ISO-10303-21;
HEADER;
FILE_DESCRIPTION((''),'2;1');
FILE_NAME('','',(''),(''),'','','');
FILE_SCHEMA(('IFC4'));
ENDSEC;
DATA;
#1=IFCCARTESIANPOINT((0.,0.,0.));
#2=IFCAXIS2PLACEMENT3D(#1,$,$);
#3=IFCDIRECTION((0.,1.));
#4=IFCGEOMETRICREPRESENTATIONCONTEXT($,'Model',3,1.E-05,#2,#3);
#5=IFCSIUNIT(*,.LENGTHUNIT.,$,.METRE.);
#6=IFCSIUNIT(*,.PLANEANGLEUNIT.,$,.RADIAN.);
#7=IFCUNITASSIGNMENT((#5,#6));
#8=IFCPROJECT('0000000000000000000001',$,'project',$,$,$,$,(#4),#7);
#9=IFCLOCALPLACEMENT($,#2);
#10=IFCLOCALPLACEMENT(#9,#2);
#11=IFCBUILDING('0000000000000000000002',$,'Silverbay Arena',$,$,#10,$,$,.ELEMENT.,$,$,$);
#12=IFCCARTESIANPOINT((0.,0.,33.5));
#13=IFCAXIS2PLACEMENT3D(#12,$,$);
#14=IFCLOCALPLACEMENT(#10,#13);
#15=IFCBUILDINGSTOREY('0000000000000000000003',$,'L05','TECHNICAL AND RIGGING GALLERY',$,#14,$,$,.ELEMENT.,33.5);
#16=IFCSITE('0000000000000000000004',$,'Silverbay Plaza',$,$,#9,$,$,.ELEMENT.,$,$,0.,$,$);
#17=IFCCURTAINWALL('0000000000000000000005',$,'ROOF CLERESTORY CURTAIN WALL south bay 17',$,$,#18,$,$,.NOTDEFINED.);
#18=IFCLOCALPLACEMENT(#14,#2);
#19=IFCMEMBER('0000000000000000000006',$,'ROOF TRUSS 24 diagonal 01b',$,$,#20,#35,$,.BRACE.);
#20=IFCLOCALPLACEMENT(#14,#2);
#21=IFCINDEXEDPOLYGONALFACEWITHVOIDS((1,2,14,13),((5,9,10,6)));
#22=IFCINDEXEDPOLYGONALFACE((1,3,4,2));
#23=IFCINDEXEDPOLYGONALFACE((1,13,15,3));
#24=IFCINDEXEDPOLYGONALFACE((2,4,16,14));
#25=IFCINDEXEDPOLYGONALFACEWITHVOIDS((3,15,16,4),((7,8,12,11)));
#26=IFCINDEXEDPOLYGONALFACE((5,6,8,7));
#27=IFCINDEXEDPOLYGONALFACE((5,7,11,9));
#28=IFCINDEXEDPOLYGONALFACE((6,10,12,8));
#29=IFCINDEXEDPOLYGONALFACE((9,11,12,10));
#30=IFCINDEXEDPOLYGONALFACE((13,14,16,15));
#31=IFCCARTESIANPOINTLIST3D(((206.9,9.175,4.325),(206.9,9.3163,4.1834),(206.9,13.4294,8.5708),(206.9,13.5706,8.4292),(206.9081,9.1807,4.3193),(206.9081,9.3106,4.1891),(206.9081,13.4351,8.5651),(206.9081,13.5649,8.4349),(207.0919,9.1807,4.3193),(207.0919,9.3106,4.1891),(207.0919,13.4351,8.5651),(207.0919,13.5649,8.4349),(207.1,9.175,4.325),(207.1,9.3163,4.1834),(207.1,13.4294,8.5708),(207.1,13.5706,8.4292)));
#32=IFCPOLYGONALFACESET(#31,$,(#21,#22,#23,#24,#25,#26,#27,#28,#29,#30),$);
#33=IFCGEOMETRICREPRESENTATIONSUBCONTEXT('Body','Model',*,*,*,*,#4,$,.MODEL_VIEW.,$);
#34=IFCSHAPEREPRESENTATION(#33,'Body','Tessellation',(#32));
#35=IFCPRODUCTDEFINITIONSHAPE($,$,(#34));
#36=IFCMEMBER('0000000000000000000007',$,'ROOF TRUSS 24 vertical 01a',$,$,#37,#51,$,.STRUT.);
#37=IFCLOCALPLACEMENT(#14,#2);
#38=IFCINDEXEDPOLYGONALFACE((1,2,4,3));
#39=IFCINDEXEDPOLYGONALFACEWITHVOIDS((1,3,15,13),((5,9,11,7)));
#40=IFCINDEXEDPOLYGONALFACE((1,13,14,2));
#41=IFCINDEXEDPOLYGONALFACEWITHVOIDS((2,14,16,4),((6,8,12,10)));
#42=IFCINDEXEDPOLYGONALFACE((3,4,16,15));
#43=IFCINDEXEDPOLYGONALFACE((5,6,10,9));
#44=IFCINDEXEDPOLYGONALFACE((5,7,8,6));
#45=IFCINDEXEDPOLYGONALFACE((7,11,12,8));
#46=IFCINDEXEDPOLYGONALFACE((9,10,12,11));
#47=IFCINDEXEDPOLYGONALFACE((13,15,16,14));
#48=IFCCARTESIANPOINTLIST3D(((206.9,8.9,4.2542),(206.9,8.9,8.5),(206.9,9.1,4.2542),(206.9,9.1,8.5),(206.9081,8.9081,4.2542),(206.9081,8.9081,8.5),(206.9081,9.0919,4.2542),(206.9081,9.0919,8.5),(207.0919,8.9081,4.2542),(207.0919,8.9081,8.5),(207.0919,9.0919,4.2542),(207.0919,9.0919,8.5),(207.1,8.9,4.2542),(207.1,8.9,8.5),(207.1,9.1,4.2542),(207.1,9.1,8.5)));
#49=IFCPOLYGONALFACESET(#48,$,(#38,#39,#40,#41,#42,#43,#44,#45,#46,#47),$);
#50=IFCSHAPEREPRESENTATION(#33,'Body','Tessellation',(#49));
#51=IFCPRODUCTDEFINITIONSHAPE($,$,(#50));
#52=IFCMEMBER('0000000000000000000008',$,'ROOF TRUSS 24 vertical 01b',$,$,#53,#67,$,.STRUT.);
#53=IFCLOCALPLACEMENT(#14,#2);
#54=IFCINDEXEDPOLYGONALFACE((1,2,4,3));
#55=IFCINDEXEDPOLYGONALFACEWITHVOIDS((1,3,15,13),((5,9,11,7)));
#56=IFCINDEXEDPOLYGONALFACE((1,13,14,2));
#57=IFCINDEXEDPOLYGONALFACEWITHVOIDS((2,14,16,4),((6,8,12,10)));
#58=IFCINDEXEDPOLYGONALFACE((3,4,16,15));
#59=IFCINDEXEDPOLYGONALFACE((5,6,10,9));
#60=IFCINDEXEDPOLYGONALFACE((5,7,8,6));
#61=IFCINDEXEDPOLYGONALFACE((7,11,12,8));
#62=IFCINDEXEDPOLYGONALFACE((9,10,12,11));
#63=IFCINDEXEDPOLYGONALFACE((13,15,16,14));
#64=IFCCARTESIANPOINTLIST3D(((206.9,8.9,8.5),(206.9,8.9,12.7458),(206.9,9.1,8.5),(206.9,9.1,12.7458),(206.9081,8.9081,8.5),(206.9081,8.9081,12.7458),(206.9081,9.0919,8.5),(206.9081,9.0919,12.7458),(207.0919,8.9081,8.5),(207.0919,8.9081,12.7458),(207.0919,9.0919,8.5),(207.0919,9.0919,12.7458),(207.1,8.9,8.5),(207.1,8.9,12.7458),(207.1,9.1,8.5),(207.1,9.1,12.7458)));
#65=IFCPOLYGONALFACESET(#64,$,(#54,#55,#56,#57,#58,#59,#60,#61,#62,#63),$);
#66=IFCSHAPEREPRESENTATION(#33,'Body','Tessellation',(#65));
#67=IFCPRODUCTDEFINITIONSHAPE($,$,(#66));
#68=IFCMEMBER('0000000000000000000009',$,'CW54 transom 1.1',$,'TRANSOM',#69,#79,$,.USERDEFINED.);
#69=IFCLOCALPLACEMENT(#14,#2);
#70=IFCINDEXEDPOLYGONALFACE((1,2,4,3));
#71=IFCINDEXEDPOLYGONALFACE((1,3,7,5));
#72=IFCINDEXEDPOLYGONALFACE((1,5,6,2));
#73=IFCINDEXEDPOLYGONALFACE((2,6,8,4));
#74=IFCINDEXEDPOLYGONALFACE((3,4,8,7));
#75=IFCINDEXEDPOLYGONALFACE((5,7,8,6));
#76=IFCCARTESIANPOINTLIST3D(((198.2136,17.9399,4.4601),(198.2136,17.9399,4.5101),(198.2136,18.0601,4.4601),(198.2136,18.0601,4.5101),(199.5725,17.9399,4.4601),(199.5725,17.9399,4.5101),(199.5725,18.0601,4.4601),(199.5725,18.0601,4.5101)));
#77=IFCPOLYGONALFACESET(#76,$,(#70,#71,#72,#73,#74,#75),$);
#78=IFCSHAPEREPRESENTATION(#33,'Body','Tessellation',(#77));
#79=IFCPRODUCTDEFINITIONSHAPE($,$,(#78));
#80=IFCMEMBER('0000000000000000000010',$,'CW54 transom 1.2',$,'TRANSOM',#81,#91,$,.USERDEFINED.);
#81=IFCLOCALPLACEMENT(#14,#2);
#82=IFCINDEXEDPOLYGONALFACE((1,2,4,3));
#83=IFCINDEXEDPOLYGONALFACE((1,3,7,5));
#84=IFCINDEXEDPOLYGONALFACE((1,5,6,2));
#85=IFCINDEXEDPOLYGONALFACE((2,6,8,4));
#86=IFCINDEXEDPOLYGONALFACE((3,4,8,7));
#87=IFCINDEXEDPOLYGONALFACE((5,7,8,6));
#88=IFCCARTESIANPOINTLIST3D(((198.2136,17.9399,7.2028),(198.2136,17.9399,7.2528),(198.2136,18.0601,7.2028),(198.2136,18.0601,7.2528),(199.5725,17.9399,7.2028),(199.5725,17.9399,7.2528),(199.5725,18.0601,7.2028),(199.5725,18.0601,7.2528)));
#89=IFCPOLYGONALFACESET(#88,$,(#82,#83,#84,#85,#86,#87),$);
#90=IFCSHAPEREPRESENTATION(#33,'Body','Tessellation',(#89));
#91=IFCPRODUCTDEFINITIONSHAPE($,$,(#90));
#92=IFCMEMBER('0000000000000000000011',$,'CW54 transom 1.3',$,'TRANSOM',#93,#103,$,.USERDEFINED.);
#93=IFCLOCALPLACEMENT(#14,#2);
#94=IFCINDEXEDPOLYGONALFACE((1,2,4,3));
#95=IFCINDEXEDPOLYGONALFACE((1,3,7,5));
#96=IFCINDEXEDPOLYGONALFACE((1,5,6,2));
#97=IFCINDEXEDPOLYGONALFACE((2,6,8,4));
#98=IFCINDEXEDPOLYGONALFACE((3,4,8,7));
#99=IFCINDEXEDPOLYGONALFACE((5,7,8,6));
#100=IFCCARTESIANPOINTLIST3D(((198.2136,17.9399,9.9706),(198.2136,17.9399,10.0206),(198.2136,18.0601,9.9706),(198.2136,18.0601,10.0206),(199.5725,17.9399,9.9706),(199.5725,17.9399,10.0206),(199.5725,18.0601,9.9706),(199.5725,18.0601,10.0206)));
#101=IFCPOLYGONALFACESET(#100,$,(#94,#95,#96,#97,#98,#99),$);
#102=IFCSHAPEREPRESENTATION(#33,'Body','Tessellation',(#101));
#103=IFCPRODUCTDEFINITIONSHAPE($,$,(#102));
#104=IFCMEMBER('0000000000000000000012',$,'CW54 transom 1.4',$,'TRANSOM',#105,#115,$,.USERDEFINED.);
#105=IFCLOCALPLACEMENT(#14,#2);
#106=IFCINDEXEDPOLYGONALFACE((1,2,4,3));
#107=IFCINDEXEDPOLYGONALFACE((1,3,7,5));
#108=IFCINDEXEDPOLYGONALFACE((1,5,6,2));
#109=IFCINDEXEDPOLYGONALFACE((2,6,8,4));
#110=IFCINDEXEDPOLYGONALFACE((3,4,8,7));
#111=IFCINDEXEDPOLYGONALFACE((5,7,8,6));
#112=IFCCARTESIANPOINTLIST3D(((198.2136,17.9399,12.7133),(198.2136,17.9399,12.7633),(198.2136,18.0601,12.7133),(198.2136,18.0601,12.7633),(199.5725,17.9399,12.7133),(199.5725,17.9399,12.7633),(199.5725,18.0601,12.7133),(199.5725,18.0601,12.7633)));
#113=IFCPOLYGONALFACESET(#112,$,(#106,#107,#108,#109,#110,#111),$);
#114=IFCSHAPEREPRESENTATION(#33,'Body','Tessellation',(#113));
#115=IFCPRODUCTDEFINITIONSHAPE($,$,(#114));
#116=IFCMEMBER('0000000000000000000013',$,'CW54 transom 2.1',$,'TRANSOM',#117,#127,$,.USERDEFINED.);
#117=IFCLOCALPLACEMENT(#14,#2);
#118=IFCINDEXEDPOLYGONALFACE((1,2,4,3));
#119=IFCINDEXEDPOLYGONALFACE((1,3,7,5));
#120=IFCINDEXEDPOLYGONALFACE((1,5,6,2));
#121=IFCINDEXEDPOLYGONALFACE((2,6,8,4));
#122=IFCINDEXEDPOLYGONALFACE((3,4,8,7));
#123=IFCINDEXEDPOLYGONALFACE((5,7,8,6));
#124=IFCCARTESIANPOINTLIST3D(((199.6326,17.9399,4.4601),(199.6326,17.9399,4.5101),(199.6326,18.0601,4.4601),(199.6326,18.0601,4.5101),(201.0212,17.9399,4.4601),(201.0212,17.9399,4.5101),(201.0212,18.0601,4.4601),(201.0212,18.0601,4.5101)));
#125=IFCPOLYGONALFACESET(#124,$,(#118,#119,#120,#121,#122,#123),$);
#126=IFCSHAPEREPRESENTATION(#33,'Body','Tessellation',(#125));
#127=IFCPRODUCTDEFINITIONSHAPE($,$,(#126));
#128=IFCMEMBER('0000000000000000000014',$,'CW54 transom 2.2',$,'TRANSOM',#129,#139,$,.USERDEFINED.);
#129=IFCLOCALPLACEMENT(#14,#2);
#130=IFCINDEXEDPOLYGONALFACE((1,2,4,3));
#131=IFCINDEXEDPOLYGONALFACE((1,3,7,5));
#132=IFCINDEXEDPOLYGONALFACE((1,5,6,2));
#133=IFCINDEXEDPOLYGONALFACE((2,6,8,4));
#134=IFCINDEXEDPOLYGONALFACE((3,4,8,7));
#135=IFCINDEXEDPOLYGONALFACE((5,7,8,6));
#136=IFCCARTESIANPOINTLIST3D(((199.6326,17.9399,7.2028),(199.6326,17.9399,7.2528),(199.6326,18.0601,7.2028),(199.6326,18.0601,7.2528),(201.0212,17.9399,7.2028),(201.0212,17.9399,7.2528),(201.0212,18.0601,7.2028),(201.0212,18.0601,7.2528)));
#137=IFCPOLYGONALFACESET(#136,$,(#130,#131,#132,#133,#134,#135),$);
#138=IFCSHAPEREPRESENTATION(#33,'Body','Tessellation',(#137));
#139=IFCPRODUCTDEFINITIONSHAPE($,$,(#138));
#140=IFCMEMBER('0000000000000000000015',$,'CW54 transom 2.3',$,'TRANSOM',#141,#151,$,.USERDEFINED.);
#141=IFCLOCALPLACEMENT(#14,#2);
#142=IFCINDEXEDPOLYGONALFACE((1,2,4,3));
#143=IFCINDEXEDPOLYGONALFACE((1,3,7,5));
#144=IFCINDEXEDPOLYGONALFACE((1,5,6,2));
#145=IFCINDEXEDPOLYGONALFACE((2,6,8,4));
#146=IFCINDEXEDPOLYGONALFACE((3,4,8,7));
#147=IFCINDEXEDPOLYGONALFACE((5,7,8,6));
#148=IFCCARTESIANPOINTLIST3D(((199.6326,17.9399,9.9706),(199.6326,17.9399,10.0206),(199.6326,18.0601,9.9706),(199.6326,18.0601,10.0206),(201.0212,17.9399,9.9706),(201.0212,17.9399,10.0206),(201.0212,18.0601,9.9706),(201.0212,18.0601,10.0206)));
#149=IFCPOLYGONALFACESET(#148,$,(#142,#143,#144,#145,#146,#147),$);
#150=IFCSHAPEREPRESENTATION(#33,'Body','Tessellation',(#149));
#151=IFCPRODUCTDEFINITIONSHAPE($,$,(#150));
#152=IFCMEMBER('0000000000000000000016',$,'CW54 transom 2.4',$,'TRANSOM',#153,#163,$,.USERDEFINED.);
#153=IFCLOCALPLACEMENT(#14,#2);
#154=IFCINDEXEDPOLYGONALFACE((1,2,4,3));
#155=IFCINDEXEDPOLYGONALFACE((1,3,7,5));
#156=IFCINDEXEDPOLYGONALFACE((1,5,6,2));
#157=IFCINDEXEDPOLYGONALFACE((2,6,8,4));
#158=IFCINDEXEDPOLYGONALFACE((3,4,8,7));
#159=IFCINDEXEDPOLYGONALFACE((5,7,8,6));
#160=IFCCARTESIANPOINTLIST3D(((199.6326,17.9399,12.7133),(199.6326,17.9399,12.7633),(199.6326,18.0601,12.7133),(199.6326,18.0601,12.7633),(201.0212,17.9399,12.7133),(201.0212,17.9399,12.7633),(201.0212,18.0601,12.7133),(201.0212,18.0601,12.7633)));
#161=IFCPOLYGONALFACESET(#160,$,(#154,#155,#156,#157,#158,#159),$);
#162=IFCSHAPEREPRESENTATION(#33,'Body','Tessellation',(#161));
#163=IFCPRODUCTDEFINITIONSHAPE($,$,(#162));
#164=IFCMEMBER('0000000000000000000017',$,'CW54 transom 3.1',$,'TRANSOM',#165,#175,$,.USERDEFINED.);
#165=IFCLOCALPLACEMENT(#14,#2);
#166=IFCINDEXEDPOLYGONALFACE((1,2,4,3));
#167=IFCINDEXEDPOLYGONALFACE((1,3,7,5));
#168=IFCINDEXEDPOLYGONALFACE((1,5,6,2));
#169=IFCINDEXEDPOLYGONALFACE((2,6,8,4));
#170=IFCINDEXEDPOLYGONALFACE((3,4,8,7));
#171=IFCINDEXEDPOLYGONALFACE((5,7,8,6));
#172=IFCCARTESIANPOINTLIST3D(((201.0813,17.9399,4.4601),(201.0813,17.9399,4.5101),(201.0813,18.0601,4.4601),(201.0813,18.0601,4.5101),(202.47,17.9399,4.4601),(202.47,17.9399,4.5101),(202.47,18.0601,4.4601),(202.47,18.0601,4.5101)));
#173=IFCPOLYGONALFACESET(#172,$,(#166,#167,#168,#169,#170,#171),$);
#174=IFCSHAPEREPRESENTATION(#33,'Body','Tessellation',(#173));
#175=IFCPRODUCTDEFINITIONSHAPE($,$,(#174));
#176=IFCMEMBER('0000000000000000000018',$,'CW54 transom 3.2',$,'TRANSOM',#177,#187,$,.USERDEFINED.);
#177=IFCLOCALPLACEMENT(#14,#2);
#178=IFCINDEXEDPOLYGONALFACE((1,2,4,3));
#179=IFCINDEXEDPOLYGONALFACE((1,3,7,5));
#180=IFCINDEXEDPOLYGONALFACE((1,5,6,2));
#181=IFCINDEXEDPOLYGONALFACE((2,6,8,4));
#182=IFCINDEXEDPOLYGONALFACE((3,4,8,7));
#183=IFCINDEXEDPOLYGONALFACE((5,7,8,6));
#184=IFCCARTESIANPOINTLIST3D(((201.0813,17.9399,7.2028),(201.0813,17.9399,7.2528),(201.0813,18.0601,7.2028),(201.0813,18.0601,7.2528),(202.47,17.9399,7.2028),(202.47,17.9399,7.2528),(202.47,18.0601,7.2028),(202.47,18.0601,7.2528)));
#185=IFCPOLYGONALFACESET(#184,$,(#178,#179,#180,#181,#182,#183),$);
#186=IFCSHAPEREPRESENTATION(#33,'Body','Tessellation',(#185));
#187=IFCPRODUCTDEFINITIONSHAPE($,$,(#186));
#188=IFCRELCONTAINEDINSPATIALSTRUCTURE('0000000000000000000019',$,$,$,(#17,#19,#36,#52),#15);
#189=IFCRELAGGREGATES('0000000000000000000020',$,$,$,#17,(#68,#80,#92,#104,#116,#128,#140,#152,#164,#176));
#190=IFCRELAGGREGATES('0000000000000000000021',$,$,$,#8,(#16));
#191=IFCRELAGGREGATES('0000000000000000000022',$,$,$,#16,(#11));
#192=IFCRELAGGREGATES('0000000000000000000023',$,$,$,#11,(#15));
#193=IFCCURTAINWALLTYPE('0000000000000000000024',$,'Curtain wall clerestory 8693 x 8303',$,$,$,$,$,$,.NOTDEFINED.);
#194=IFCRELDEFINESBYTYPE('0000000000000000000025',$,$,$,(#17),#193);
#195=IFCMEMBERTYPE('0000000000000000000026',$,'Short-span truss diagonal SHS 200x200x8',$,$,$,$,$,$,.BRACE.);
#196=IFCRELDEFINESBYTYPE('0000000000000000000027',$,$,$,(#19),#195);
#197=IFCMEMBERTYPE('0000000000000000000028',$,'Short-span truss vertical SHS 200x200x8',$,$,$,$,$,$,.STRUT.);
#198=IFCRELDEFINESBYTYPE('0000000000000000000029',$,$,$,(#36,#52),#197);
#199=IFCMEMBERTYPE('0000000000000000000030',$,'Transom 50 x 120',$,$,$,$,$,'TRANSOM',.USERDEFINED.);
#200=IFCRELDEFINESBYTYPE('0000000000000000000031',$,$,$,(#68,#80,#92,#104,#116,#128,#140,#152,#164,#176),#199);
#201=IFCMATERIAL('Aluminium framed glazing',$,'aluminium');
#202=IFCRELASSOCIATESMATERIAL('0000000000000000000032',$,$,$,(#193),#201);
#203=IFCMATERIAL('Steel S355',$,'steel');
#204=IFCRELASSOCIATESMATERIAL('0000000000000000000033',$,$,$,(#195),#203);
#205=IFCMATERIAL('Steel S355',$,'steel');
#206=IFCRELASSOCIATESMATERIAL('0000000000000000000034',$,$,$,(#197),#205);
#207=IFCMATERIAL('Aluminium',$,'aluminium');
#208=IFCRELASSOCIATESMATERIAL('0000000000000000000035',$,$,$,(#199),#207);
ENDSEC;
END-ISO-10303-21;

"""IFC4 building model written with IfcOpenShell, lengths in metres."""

from ifc_helpers import new_model, si_unit, direction, frame, origin, origin_2d, place, context, subcontext, project, spatial, rectangle, hollow_rectangle, extrude, material, material_profile, profile_set, type_object, element, aggregate, save


model = new_model("IFC4")

# Units and contexts
model_context = context("Model", 3, precision=1e-05, world=origin(), true_north=direction((0.0, 1.0)))
body_context = subcontext(model_context, "Body", "Model", "MODEL_VIEW")
ifc_project = project(units=[si_unit("LENGTHUNIT", "METRE"), si_unit("PLANEANGLEUNIT", "RADIAN")], contexts=[model_context])

# Site, building, storey
site_placement = place(None, origin())
site = spatial("IfcSite", under=ifc_project, at=site_placement, Name="Silverbay Plaza", CompositionType="ELEMENT", RefElevation=0.0)
building_placement = place(site_placement, origin())
building = spatial("IfcBuilding", under=site, at=building_placement, Name="Silverbay Arena", CompositionType="ELEMENT")
storey_placement = place(building_placement, frame((0.0, 0.0, 33.5)))
storey = spatial("IfcBuildingStorey", under=building, at=storey_placement, Name="L05", Description="TECHNICAL AND RIGGING GALLERY", CompositionType="ELEMENT", Elevation=33.5)

# Curtain wall
ifc_material_1 = material(Name="Aluminium framed glazing", Category="aluminium")
curtain_wall_type = type_object("IfcCurtainWallType", Name="Curtain wall clerestory 8693 x 8303", PredefinedType="NOTDEFINED", material=ifc_material_1)
curtain_wall_placement = place(storey_placement, origin())
curtain_wall = element("IfcCurtainWall", 1, at=curtain_wall_placement, inside=storey, type_object=curtain_wall_type, Name="ROOF CLERESTORY CURTAIN WALL south bay 17", PredefinedType="NOTDEFINED")

# Members
ifc_material_2 = material(Name="Steel S355", Category="steel")
ifc_material_profile_1 = material_profile(ifc_material_2, hollow_rectangle(XDim=0.2, YDim=0.2, WallThickness=0.0081, at=origin_2d()), Name="SHS 200x200x8")
ifc_profile_set_1 = profile_set([ifc_material_profile_1], Name="Steel S355")
member_type_1 = type_object("IfcMemberType", Name="Short-span truss diagonal SHS 200x200x8", PredefinedType="BRACE", material=ifc_profile_set_1)
member_1_placement = place(storey_placement, frame((207.0, 13.5, 8.5), z_axis=(0.0, -0.707817, -0.706396), x_axis=(1.0, 0.0, 0.0)))
element("IfcMember", 2, at=member_1_placement, inside=storey, type_object=member_type_1, Name="ROOF TRUSS 24 diagonal 01b", PredefinedType="BRACE", context=body_context, shape_type="SweptSolid", body=[
    extrude(hollow_rectangle(XDim=0.2, YDim=0.2, WallThickness=0.0081, at=origin_2d()), origin(), (0.0, 0.0, 1.0), 6.0105),
])
ifc_material_3 = material(Name="Steel S355", Category="steel")
ifc_material_profile_2 = material_profile(ifc_material_3, hollow_rectangle(XDim=0.2, YDim=0.2, WallThickness=0.0081, at=origin_2d()), Name="SHS 200x200x8")
ifc_profile_set_2 = profile_set([ifc_material_profile_2], Name="Steel S355")
member_type_2 = type_object("IfcMemberType", Name="Short-span truss vertical SHS 200x200x8", PredefinedType="STRUT", material=ifc_profile_set_2)
for number, where, z_axis, x_axis, name in (
    (3, (207.0, 9.0, 4.2542), (0.0, 0.0, 1.0), (1.0, 0.0, 0.0), "ROOF TRUSS 24 vertical 01a"),
    (4, (207.0, 9.0, 8.5), (0.0, 0.0, 1.0), (1.0, 0.0, 0.0), "ROOF TRUSS 24 vertical 01b"),
):
    element("IfcMember", number, at=place(storey_placement, frame(where, z_axis=z_axis, x_axis=x_axis)), inside=storey, type_object=member_type_2, Name=name, PredefinedType="STRUT", context=body_context, shape_type="SweptSolid", body=[
        extrude(hollow_rectangle(XDim=0.2, YDim=0.2, WallThickness=0.0081, at=origin_2d()), origin(), (0.0, 0.0, 1.0), 4.2458),
    ])

# Members
ifc_material_4 = material(Name="Aluminium", Category="aluminium")
ifc_material_profile_3 = material_profile(ifc_material_4, rectangle(XDim=0.1201, YDim=0.05, at=origin_2d()), Name="Transom 50 x 120")
ifc_profile_set_3 = profile_set([ifc_material_profile_3], Name="Aluminium")
member_type_3 = type_object("IfcMemberType", Name="Transom 50 x 120", ElementType="TRANSOM", PredefinedType="USERDEFINED", material=ifc_profile_set_3)
member_2_placement = place(storey_placement, frame((198.2136, 18.0, 4.4851), z_axis=(1.0, 0.0, 0.0), x_axis=(0.0, 1.0, 0.0)))
member_2 = element("IfcMember", 5, at=member_2_placement, type_object=member_type_3, Name="CW54 transom 1.1", ObjectType="TRANSOM", PredefinedType="USERDEFINED", context=body_context, shape_type="SweptSolid", body=[
    extrude(rectangle(XDim=0.1201, YDim=0.05, at=origin_2d()), origin(), (0.0, 0.0, 1.0), 1.3589),
])
member_3_placement = place(storey_placement, frame((198.2136, 18.0, 7.2278), z_axis=(1.0, 0.0, 0.0), x_axis=(0.0, 1.0, 0.0)))
member_3 = element("IfcMember", 6, at=member_3_placement, type_object=member_type_3, Name="CW54 transom 1.2", ObjectType="TRANSOM", PredefinedType="USERDEFINED", context=body_context, shape_type="SweptSolid", body=[
    extrude(rectangle(XDim=0.1201, YDim=0.05, at=origin_2d()), origin(), (0.0, 0.0, 1.0), 1.3589),
])
member_4_placement = place(storey_placement, frame((198.2136, 18.0, 9.9956), z_axis=(1.0, 0.0, 0.0), x_axis=(0.0, 1.0, 0.0)))
member_4 = element("IfcMember", 7, at=member_4_placement, type_object=member_type_3, Name="CW54 transom 1.3", ObjectType="TRANSOM", PredefinedType="USERDEFINED", context=body_context, shape_type="SweptSolid", body=[
    extrude(rectangle(XDim=0.1201, YDim=0.05, at=origin_2d()), origin(), (0.0, 0.0, 1.0), 1.3589),
])
member_5_placement = place(storey_placement, frame((198.2136, 18.0, 12.7383), z_axis=(1.0, 0.0, 0.0), x_axis=(0.0, 1.0, 0.0)))
member_5 = element("IfcMember", 8, at=member_5_placement, type_object=member_type_3, Name="CW54 transom 1.4", ObjectType="TRANSOM", PredefinedType="USERDEFINED", context=body_context, shape_type="SweptSolid", body=[
    extrude(rectangle(XDim=0.1201, YDim=0.05, at=origin_2d()), origin(), (0.0, 0.0, 1.0), 1.3589),
])
member_6_placement = place(storey_placement, frame((199.6326, 18.0, 4.4851), z_axis=(1.0, 0.0, 0.0), x_axis=(0.0, 1.0, 0.0)))
member_6 = element("IfcMember", 9, at=member_6_placement, type_object=member_type_3, Name="CW54 transom 2.1", ObjectType="TRANSOM", PredefinedType="USERDEFINED", context=body_context, shape_type="SweptSolid", body=[
    extrude(rectangle(XDim=0.1201, YDim=0.05, at=origin_2d()), origin(), (0.0, 0.0, 1.0), 1.3887),
])
member_7_placement = place(storey_placement, frame((199.6326, 18.0, 7.2278), z_axis=(1.0, 0.0, 0.0), x_axis=(0.0, 1.0, 0.0)))
member_7 = element("IfcMember", 10, at=member_7_placement, type_object=member_type_3, Name="CW54 transom 2.2", ObjectType="TRANSOM", PredefinedType="USERDEFINED", context=body_context, shape_type="SweptSolid", body=[
    extrude(rectangle(XDim=0.1201, YDim=0.05, at=origin_2d()), origin(), (0.0, 0.0, 1.0), 1.3887),
])
member_8_placement = place(storey_placement, frame((199.6326, 18.0, 9.9956), z_axis=(1.0, 0.0, 0.0), x_axis=(0.0, 1.0, 0.0)))
member_8 = element("IfcMember", 11, at=member_8_placement, type_object=member_type_3, Name="CW54 transom 2.3", ObjectType="TRANSOM", PredefinedType="USERDEFINED", context=body_context, shape_type="SweptSolid", body=[
    extrude(rectangle(XDim=0.1201, YDim=0.05, at=origin_2d()), origin(), (0.0, 0.0, 1.0), 1.3887),
])
member_9_placement = place(storey_placement, frame((199.6326, 18.0, 12.7383), z_axis=(1.0, 0.0, 0.0), x_axis=(0.0, 1.0, 0.0)))
member_9 = element("IfcMember", 12, at=member_9_placement, type_object=member_type_3, Name="CW54 transom 2.4", ObjectType="TRANSOM", PredefinedType="USERDEFINED", context=body_context, shape_type="SweptSolid", body=[
    extrude(rectangle(XDim=0.1201, YDim=0.05, at=origin_2d()), origin(), (0.0, 0.0, 1.0), 1.3887),
])
member_10_placement = place(storey_placement, frame((201.0813, 18.0, 4.4851), z_axis=(1.0, 0.0, 0.0), x_axis=(0.0, 1.0, 0.0)))
member_10 = element("IfcMember", 13, at=member_10_placement, type_object=member_type_3, Name="CW54 transom 3.1", ObjectType="TRANSOM", PredefinedType="USERDEFINED", context=body_context, shape_type="SweptSolid", body=[
    extrude(rectangle(XDim=0.1201, YDim=0.05, at=origin_2d()), origin(), (0.0, 0.0, 1.0), 1.3887),
])
member_11_placement = place(storey_placement, frame((201.0813, 18.0, 7.2278), z_axis=(1.0, 0.0, 0.0), x_axis=(0.0, 1.0, 0.0)))
member_11 = element("IfcMember", 14, at=member_11_placement, type_object=member_type_3, Name="CW54 transom 3.2", ObjectType="TRANSOM", PredefinedType="USERDEFINED", context=body_context, shape_type="SweptSolid", body=[
    extrude(rectangle(XDim=0.1201, YDim=0.05, at=origin_2d()), origin(), (0.0, 0.0, 1.0), 1.3887),
])

aggregate(curtain_wall, [member_2, member_3, member_4, member_5, member_6, member_7, member_8, member_9, member_10, member_11])

save(model, "model.ifc")
